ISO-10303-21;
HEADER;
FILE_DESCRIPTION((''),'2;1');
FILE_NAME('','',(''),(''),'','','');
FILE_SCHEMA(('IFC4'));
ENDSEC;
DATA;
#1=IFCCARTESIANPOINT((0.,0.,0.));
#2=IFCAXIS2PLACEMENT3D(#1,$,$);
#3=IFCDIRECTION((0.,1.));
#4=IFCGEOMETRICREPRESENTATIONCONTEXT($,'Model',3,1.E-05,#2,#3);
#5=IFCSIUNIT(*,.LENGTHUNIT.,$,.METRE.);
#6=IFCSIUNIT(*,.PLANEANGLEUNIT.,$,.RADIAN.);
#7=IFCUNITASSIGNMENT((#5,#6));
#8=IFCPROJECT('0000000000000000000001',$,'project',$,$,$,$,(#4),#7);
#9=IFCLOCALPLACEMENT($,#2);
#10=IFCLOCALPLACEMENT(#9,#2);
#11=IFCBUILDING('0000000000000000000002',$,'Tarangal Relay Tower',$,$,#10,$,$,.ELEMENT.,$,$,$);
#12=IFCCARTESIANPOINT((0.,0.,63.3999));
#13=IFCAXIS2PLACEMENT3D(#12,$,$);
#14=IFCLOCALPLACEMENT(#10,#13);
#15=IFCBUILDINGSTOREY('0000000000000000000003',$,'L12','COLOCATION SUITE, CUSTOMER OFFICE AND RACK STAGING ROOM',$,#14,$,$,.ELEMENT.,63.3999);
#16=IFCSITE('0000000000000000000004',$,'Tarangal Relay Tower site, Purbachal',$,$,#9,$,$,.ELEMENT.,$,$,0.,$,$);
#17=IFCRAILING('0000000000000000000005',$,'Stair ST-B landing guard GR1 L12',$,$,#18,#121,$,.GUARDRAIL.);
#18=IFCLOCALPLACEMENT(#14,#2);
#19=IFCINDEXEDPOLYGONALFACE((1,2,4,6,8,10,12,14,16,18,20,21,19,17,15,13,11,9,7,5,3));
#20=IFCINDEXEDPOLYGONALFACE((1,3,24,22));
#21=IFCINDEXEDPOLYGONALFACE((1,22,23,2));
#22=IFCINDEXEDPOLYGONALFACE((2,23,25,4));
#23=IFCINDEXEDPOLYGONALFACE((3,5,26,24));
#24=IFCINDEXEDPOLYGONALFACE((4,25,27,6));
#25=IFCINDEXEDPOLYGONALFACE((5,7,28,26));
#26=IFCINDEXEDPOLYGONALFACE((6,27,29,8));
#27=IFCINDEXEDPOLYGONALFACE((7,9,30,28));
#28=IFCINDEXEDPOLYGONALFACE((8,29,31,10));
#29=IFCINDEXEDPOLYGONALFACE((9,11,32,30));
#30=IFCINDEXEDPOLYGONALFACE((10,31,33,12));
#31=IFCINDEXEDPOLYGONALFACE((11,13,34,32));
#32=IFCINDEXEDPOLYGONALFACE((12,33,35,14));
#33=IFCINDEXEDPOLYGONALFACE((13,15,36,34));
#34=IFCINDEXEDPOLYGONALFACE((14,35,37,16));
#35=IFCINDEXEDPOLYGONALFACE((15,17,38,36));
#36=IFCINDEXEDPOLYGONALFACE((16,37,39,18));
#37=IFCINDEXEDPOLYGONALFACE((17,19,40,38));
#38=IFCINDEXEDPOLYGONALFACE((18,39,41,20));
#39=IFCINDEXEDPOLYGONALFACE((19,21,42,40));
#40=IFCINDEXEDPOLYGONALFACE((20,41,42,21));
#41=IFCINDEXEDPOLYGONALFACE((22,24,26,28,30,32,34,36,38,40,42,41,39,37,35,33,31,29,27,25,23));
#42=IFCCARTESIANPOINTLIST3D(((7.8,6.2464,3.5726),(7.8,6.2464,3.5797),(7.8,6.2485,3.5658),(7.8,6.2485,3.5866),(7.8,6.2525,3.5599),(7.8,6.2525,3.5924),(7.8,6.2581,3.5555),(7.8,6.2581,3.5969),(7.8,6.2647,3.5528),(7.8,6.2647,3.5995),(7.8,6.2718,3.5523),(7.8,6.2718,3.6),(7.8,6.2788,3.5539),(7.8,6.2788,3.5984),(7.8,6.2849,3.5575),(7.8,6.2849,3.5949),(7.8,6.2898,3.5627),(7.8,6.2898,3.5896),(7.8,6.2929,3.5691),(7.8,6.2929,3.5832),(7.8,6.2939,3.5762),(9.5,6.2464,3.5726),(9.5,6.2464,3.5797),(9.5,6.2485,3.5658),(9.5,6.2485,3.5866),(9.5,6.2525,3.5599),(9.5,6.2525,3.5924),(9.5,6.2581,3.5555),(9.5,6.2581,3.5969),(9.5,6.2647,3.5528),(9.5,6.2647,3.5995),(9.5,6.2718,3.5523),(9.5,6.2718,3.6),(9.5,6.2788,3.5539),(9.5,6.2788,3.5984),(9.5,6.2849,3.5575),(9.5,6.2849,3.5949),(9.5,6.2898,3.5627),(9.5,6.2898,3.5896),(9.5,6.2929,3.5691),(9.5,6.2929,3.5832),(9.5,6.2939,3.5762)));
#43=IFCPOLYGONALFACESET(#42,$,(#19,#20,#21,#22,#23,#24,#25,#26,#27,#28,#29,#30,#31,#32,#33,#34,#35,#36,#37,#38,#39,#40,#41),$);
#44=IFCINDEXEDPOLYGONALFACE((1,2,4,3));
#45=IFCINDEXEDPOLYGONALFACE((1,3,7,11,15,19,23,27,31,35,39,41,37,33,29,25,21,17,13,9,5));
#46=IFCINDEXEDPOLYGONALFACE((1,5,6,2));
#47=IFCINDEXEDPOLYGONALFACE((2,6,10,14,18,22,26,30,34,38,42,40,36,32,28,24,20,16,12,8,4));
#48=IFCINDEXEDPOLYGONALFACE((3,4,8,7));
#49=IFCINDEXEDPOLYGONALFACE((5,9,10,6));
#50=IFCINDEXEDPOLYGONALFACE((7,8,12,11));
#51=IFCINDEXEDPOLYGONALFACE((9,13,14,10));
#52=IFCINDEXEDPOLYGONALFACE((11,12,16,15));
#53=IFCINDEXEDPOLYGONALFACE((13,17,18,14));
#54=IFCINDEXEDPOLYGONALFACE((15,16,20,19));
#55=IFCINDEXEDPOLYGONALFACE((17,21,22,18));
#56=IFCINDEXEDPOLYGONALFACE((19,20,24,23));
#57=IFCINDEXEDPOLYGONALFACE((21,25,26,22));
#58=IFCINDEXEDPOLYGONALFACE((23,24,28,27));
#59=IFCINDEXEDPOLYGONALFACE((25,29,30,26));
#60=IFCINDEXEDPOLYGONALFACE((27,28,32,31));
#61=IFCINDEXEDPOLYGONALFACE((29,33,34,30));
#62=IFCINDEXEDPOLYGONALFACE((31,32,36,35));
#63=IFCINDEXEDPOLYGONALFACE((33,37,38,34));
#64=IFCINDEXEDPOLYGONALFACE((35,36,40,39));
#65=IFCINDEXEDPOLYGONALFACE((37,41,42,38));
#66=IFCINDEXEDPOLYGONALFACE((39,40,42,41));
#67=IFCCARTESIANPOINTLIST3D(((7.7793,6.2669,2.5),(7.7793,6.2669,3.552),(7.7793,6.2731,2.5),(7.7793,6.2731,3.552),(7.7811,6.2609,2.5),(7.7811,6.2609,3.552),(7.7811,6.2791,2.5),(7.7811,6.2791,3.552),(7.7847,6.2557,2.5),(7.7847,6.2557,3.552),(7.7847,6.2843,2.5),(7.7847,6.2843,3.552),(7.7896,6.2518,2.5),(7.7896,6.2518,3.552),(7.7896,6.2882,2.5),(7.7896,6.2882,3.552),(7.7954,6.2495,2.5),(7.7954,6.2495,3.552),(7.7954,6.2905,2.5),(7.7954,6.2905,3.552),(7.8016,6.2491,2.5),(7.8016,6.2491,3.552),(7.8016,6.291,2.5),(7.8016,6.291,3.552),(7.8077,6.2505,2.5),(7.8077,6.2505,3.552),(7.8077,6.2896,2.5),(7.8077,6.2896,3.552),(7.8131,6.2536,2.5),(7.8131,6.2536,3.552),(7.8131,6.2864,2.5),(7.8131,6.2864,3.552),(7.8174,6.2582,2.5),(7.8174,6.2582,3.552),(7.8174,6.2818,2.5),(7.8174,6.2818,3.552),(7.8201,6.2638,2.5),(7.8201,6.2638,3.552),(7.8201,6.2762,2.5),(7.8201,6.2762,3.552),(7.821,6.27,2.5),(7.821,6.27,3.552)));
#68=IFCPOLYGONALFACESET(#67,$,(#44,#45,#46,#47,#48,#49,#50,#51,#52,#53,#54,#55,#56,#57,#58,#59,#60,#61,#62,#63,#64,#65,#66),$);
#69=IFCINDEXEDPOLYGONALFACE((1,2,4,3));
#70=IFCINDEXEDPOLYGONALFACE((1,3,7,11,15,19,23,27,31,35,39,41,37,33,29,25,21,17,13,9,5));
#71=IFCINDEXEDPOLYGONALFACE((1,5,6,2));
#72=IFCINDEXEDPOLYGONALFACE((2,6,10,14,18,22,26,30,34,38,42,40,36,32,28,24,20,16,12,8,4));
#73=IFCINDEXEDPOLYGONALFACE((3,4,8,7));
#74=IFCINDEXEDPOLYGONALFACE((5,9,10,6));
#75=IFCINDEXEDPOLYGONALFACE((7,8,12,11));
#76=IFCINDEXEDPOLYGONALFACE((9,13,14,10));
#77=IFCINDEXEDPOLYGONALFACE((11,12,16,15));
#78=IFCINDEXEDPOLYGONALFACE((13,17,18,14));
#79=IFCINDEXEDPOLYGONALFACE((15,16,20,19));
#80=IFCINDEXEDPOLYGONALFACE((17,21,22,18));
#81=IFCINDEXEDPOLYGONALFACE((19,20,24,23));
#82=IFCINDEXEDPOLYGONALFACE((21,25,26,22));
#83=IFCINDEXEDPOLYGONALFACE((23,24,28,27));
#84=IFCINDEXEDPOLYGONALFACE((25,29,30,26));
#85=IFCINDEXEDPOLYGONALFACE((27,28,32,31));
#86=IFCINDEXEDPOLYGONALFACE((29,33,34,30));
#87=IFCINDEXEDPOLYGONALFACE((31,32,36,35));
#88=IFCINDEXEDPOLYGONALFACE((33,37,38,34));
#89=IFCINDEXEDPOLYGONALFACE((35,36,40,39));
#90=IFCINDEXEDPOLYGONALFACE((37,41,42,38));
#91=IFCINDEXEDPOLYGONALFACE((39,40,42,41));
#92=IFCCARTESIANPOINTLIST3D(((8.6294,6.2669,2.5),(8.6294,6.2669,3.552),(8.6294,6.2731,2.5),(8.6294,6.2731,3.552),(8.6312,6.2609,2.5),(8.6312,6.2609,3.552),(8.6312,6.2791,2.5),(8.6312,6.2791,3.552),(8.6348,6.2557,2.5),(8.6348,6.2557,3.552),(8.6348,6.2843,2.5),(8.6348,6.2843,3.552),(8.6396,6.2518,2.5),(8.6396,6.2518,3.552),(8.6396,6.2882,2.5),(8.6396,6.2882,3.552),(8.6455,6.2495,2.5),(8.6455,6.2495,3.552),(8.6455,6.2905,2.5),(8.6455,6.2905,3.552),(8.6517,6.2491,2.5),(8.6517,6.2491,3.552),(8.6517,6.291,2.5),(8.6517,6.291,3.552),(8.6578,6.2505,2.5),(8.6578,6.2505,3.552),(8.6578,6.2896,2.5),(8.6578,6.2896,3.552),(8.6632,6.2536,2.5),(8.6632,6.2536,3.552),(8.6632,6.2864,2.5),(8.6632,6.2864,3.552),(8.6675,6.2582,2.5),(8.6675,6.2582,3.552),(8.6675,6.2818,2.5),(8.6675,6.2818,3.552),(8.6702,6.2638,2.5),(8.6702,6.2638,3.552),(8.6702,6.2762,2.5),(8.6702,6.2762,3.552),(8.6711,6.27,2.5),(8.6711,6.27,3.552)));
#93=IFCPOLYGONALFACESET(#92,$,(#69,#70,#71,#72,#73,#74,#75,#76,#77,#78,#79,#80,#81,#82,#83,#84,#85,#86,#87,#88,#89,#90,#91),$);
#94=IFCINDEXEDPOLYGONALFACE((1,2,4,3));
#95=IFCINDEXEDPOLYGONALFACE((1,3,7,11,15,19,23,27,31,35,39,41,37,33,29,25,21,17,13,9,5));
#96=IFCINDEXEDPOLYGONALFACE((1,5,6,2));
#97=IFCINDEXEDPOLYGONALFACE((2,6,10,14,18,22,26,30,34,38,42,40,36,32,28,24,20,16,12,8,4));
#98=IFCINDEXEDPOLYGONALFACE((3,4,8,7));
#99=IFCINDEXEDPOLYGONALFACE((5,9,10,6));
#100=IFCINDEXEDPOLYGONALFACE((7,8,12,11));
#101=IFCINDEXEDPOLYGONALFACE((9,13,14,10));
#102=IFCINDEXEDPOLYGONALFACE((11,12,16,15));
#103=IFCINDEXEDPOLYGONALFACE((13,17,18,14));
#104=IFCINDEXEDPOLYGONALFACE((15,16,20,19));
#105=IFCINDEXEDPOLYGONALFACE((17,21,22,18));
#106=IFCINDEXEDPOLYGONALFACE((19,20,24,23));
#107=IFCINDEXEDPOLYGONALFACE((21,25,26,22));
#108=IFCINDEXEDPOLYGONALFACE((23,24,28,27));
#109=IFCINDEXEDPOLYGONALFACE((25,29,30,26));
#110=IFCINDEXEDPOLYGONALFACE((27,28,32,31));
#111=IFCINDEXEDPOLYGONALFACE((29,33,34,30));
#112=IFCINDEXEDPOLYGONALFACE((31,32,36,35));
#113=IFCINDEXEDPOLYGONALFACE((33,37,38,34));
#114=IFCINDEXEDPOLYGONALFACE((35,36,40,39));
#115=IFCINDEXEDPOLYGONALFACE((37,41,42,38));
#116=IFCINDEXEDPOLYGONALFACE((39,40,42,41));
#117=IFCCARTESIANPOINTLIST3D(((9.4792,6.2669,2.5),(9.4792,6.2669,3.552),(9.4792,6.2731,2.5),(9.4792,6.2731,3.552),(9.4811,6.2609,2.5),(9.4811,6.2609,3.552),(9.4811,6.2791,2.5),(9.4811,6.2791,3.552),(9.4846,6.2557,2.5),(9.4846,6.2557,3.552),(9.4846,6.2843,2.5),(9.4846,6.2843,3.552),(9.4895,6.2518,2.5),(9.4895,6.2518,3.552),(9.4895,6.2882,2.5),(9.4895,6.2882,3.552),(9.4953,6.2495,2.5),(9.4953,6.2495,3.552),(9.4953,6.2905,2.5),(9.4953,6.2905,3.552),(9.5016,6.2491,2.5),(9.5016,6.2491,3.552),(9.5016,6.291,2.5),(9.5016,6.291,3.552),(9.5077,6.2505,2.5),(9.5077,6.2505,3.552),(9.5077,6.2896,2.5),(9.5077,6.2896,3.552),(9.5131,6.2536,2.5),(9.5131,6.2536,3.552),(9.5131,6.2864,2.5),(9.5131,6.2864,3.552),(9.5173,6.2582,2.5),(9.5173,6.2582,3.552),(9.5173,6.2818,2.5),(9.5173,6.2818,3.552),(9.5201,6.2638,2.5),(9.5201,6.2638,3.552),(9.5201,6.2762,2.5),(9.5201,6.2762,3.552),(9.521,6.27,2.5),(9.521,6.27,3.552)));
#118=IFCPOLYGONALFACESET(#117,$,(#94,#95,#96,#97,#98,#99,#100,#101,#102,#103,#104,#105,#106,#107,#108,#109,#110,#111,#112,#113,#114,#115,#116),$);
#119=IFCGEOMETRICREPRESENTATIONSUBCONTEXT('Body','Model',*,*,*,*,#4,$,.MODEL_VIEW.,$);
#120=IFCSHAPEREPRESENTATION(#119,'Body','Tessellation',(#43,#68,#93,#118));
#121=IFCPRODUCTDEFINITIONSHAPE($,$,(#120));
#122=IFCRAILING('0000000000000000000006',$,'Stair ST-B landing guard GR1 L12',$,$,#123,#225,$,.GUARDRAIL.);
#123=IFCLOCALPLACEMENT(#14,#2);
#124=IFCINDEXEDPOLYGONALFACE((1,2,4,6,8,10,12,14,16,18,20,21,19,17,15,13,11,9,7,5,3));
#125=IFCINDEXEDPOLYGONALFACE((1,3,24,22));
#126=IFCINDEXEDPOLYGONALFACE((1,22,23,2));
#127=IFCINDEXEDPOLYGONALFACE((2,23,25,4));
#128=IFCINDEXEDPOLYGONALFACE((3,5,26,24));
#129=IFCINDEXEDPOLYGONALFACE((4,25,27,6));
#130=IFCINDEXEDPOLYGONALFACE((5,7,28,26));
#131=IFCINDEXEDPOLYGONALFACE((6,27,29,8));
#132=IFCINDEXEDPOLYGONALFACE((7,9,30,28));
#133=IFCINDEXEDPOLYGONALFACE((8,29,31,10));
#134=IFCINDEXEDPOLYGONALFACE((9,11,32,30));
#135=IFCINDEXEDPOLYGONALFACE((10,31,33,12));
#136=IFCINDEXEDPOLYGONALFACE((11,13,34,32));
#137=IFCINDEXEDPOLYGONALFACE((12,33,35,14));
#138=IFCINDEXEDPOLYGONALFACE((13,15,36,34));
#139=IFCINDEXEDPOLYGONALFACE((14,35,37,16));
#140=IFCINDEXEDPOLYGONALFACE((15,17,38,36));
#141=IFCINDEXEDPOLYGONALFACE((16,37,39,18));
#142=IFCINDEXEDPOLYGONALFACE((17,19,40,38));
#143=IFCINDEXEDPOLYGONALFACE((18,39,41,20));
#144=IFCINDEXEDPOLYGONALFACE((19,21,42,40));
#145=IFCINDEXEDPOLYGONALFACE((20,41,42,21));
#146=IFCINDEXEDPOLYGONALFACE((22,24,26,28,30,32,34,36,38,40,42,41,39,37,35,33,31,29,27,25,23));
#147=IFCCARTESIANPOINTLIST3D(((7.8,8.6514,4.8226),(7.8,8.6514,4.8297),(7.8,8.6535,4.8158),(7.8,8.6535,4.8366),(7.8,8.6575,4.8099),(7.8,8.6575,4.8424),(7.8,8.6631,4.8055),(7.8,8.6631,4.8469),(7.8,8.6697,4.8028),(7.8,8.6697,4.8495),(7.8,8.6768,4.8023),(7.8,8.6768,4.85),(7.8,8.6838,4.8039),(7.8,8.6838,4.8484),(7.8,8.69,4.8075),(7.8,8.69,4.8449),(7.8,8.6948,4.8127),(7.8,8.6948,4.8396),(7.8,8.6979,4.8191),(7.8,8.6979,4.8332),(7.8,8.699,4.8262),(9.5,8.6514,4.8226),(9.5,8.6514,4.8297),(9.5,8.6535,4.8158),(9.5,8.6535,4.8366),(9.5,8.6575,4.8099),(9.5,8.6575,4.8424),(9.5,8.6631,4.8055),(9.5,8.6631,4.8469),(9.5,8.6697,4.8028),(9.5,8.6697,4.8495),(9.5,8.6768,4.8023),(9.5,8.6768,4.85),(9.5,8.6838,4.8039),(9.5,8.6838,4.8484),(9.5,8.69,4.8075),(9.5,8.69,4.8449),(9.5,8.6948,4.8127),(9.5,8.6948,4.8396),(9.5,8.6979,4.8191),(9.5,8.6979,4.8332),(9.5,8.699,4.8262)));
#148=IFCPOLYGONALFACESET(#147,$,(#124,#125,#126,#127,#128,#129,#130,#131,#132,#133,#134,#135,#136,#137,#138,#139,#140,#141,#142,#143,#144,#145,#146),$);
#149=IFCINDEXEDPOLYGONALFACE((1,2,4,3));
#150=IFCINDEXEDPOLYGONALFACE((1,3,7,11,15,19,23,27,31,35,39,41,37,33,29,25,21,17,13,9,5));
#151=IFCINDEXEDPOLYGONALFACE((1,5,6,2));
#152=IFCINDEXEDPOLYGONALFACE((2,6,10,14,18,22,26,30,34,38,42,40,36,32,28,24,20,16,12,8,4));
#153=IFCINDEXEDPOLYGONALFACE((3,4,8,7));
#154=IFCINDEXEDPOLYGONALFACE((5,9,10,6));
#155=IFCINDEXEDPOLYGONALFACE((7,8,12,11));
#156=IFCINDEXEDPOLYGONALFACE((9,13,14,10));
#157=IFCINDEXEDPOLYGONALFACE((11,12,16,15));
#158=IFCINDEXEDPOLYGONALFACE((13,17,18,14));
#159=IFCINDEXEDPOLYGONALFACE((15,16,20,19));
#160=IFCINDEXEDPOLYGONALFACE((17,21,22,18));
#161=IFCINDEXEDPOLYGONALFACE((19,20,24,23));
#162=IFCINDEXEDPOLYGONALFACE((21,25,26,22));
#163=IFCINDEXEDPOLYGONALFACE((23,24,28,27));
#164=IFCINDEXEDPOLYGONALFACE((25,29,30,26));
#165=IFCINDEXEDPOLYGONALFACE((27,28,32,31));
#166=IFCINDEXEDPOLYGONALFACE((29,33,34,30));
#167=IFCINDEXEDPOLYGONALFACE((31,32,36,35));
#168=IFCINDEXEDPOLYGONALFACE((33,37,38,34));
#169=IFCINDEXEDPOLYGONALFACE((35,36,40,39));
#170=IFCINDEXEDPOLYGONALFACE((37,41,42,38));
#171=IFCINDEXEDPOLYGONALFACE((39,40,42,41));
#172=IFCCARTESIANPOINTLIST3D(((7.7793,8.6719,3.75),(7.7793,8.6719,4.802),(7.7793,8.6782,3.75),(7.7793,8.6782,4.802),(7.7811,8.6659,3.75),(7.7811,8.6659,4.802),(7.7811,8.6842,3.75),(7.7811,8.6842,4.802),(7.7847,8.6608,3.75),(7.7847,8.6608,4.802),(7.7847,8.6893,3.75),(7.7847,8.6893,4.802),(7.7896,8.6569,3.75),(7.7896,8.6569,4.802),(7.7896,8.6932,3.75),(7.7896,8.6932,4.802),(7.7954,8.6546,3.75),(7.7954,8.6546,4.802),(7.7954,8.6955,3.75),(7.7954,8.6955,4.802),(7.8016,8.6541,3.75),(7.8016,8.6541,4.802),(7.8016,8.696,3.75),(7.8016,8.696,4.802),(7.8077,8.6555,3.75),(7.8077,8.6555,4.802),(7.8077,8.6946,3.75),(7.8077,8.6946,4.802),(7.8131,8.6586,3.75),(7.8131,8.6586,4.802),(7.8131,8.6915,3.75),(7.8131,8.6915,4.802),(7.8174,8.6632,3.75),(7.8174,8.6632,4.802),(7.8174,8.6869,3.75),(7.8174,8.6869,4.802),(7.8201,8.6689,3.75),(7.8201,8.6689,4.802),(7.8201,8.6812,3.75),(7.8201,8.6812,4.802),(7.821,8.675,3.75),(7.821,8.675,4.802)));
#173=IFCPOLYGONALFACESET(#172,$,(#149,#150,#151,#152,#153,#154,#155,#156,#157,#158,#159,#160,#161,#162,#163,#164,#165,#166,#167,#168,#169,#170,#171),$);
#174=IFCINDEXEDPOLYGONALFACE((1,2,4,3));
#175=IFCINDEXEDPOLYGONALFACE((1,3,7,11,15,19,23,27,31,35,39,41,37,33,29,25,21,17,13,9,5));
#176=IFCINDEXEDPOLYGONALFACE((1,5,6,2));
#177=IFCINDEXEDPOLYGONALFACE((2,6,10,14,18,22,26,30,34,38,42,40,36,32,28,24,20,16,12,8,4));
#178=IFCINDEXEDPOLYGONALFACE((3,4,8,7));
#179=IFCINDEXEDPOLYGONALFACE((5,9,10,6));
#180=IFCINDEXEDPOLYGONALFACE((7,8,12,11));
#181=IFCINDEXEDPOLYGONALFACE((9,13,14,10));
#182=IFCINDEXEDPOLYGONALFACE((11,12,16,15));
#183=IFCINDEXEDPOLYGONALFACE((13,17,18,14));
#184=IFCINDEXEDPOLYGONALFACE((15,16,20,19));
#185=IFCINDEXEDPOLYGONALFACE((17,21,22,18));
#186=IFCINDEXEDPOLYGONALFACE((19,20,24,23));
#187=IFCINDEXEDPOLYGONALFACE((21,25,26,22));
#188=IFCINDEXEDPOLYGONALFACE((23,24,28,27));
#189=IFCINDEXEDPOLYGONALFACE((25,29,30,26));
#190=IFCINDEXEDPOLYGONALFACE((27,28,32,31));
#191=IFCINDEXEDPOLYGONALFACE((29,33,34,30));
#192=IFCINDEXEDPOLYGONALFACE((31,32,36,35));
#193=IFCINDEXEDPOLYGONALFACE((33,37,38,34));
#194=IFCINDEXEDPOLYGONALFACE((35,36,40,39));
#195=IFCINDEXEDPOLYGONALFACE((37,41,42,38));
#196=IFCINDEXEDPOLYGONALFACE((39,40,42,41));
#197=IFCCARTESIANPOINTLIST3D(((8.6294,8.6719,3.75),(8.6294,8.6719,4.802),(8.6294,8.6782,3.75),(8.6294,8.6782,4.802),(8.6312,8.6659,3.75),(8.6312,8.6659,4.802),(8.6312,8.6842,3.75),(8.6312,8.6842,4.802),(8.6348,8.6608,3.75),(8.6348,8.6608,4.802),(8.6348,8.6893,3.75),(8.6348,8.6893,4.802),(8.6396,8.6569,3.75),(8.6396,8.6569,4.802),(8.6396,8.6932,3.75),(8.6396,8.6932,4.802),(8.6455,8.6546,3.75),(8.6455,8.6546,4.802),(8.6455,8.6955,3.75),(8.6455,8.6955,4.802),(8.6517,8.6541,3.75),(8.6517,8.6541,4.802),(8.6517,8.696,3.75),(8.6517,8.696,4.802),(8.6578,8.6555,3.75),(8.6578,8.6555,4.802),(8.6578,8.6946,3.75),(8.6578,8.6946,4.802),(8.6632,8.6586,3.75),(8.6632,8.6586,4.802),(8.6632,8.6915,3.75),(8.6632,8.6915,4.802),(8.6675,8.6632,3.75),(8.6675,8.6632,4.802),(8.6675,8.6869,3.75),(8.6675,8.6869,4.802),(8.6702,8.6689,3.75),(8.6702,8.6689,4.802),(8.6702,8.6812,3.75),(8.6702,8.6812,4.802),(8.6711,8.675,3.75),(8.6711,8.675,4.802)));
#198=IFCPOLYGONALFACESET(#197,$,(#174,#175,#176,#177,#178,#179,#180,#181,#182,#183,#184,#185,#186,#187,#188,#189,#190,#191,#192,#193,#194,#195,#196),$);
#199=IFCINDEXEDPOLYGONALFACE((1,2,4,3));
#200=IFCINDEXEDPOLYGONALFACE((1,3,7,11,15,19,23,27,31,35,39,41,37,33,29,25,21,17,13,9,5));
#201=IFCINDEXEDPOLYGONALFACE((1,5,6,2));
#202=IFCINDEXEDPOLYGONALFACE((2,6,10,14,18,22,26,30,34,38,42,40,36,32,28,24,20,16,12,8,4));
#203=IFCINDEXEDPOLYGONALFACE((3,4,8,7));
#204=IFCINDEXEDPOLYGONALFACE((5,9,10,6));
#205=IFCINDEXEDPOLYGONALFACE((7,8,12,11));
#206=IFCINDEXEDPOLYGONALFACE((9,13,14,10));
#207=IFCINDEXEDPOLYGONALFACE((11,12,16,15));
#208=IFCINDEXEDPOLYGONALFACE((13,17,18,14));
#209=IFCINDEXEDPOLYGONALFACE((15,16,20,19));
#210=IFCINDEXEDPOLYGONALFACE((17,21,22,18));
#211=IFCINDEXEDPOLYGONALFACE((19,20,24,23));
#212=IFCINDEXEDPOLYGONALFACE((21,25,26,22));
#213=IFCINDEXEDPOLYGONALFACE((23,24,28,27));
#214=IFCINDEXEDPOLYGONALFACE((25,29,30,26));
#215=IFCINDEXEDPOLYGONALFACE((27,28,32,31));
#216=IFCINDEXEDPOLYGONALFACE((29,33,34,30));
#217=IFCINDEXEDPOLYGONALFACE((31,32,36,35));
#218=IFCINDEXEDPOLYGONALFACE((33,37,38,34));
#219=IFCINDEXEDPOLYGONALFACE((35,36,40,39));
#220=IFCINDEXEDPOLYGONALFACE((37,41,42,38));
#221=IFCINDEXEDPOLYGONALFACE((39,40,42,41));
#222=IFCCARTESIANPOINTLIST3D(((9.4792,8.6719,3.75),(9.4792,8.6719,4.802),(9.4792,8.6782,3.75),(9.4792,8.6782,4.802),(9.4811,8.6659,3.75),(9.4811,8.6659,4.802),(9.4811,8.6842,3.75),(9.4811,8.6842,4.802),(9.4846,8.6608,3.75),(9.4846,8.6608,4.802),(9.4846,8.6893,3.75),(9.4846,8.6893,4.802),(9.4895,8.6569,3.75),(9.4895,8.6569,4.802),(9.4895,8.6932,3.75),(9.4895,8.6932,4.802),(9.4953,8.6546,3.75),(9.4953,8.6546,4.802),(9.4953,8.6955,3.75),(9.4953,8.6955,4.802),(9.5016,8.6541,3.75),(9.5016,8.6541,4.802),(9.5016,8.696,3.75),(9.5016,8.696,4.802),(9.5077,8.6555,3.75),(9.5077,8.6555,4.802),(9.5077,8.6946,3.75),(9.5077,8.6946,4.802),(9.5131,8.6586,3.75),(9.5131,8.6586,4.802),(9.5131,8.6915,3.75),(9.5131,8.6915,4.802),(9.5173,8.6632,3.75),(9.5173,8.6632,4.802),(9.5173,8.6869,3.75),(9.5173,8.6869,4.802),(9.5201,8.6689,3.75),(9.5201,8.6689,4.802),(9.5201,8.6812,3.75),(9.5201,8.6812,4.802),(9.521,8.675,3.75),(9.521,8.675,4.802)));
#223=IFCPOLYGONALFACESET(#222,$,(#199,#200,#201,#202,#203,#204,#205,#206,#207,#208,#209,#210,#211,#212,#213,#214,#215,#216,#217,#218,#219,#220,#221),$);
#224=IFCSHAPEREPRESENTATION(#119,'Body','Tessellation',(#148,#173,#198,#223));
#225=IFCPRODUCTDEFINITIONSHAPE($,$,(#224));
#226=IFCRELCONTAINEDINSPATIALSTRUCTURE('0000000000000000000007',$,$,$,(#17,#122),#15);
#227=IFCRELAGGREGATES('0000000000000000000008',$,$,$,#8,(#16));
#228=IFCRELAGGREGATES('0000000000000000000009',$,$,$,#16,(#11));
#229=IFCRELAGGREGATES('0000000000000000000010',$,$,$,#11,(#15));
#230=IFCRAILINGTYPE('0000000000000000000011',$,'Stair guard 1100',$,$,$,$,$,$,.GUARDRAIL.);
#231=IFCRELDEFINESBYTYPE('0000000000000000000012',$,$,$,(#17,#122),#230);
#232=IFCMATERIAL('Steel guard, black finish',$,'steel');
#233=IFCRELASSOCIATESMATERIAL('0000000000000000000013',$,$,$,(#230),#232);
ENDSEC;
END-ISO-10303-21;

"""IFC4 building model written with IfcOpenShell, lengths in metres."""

from ifc_helpers import new_model, si_unit, direction, frame, origin, origin_2d, place, context, subcontext, project, spatial, circle, extrude, material, type_object, element, save


model = new_model("IFC4")

# Units and contexts
model_context = context("Model", 3, precision=1e-05, world=origin(), true_north=direction((0.0, 1.0)))
body_context = subcontext(model_context, "Body", "Model", "MODEL_VIEW")
ifc_project = project(units=[si_unit("LENGTHUNIT", "METRE"), si_unit("PLANEANGLEUNIT", "RADIAN")], contexts=[model_context])

# Site, building, storey
site_placement = place(None, origin())
site = spatial("IfcSite", under=ifc_project, at=site_placement, Name="Tarangal Relay Tower site, Purbachal", CompositionType="ELEMENT", RefElevation=0.0)
building_placement = place(site_placement, origin())
building = spatial("IfcBuilding", under=site, at=building_placement, Name="Tarangal Relay Tower", CompositionType="ELEMENT")
storey_placement = place(building_placement, frame((0.0, 0.0, 63.3999)))
storey = spatial("IfcBuildingStorey", under=building, at=storey_placement, Name="L12", Description="COLOCATION SUITE, CUSTOMER OFFICE AND RACK STAGING ROOM", CompositionType="ELEMENT", Elevation=63.3999)

# Railings
ifc_material_1 = material(Name="Steel guard, black finish", Category="steel")
railing_type_1 = type_object("IfcRailingType", Name="Stair guard 1100", PredefinedType="GUARDRAIL", material=ifc_material_1)
for number, where, name in (
    (1, (7.8, 6.27, 2.5), "Stair ST-B landing guard GR1 L12"),
    (2, (7.8, 8.675, 3.75), "Stair ST-B landing guard GR1 L12"),
):
    element("IfcRailing", number, at=place(storey_placement, frame(where)), inside=storey, type_object=railing_type_1, Name=name, PredefinedType="GUARDRAIL", context=body_context, shape_type="SweptSolid", body=[
        extrude(circle(Radius=0.0239, at=origin_2d()), frame((0.0, 0.0, 1.0762), z_axis=(1.0, 0.0, 0.0), x_axis=(0.0, 1.0, 0.0)), (0.0, 0.0, 1.0), 1.7),
        extrude(circle(Radius=0.021, at=origin_2d()), origin(), (0.0, 0.0, 1.0), 1.052),
        extrude(circle(Radius=0.021, at=origin_2d()), frame((0.8501, 0.0, 0.0)), (0.0, 0.0, 1.0), 1.052),
        extrude(circle(Radius=0.021, at=origin_2d()), frame((1.7, 0.0, 0.0)), (0.0, 0.0, 1.0), 1.052),
    ])

save(model, "model.ifc")
